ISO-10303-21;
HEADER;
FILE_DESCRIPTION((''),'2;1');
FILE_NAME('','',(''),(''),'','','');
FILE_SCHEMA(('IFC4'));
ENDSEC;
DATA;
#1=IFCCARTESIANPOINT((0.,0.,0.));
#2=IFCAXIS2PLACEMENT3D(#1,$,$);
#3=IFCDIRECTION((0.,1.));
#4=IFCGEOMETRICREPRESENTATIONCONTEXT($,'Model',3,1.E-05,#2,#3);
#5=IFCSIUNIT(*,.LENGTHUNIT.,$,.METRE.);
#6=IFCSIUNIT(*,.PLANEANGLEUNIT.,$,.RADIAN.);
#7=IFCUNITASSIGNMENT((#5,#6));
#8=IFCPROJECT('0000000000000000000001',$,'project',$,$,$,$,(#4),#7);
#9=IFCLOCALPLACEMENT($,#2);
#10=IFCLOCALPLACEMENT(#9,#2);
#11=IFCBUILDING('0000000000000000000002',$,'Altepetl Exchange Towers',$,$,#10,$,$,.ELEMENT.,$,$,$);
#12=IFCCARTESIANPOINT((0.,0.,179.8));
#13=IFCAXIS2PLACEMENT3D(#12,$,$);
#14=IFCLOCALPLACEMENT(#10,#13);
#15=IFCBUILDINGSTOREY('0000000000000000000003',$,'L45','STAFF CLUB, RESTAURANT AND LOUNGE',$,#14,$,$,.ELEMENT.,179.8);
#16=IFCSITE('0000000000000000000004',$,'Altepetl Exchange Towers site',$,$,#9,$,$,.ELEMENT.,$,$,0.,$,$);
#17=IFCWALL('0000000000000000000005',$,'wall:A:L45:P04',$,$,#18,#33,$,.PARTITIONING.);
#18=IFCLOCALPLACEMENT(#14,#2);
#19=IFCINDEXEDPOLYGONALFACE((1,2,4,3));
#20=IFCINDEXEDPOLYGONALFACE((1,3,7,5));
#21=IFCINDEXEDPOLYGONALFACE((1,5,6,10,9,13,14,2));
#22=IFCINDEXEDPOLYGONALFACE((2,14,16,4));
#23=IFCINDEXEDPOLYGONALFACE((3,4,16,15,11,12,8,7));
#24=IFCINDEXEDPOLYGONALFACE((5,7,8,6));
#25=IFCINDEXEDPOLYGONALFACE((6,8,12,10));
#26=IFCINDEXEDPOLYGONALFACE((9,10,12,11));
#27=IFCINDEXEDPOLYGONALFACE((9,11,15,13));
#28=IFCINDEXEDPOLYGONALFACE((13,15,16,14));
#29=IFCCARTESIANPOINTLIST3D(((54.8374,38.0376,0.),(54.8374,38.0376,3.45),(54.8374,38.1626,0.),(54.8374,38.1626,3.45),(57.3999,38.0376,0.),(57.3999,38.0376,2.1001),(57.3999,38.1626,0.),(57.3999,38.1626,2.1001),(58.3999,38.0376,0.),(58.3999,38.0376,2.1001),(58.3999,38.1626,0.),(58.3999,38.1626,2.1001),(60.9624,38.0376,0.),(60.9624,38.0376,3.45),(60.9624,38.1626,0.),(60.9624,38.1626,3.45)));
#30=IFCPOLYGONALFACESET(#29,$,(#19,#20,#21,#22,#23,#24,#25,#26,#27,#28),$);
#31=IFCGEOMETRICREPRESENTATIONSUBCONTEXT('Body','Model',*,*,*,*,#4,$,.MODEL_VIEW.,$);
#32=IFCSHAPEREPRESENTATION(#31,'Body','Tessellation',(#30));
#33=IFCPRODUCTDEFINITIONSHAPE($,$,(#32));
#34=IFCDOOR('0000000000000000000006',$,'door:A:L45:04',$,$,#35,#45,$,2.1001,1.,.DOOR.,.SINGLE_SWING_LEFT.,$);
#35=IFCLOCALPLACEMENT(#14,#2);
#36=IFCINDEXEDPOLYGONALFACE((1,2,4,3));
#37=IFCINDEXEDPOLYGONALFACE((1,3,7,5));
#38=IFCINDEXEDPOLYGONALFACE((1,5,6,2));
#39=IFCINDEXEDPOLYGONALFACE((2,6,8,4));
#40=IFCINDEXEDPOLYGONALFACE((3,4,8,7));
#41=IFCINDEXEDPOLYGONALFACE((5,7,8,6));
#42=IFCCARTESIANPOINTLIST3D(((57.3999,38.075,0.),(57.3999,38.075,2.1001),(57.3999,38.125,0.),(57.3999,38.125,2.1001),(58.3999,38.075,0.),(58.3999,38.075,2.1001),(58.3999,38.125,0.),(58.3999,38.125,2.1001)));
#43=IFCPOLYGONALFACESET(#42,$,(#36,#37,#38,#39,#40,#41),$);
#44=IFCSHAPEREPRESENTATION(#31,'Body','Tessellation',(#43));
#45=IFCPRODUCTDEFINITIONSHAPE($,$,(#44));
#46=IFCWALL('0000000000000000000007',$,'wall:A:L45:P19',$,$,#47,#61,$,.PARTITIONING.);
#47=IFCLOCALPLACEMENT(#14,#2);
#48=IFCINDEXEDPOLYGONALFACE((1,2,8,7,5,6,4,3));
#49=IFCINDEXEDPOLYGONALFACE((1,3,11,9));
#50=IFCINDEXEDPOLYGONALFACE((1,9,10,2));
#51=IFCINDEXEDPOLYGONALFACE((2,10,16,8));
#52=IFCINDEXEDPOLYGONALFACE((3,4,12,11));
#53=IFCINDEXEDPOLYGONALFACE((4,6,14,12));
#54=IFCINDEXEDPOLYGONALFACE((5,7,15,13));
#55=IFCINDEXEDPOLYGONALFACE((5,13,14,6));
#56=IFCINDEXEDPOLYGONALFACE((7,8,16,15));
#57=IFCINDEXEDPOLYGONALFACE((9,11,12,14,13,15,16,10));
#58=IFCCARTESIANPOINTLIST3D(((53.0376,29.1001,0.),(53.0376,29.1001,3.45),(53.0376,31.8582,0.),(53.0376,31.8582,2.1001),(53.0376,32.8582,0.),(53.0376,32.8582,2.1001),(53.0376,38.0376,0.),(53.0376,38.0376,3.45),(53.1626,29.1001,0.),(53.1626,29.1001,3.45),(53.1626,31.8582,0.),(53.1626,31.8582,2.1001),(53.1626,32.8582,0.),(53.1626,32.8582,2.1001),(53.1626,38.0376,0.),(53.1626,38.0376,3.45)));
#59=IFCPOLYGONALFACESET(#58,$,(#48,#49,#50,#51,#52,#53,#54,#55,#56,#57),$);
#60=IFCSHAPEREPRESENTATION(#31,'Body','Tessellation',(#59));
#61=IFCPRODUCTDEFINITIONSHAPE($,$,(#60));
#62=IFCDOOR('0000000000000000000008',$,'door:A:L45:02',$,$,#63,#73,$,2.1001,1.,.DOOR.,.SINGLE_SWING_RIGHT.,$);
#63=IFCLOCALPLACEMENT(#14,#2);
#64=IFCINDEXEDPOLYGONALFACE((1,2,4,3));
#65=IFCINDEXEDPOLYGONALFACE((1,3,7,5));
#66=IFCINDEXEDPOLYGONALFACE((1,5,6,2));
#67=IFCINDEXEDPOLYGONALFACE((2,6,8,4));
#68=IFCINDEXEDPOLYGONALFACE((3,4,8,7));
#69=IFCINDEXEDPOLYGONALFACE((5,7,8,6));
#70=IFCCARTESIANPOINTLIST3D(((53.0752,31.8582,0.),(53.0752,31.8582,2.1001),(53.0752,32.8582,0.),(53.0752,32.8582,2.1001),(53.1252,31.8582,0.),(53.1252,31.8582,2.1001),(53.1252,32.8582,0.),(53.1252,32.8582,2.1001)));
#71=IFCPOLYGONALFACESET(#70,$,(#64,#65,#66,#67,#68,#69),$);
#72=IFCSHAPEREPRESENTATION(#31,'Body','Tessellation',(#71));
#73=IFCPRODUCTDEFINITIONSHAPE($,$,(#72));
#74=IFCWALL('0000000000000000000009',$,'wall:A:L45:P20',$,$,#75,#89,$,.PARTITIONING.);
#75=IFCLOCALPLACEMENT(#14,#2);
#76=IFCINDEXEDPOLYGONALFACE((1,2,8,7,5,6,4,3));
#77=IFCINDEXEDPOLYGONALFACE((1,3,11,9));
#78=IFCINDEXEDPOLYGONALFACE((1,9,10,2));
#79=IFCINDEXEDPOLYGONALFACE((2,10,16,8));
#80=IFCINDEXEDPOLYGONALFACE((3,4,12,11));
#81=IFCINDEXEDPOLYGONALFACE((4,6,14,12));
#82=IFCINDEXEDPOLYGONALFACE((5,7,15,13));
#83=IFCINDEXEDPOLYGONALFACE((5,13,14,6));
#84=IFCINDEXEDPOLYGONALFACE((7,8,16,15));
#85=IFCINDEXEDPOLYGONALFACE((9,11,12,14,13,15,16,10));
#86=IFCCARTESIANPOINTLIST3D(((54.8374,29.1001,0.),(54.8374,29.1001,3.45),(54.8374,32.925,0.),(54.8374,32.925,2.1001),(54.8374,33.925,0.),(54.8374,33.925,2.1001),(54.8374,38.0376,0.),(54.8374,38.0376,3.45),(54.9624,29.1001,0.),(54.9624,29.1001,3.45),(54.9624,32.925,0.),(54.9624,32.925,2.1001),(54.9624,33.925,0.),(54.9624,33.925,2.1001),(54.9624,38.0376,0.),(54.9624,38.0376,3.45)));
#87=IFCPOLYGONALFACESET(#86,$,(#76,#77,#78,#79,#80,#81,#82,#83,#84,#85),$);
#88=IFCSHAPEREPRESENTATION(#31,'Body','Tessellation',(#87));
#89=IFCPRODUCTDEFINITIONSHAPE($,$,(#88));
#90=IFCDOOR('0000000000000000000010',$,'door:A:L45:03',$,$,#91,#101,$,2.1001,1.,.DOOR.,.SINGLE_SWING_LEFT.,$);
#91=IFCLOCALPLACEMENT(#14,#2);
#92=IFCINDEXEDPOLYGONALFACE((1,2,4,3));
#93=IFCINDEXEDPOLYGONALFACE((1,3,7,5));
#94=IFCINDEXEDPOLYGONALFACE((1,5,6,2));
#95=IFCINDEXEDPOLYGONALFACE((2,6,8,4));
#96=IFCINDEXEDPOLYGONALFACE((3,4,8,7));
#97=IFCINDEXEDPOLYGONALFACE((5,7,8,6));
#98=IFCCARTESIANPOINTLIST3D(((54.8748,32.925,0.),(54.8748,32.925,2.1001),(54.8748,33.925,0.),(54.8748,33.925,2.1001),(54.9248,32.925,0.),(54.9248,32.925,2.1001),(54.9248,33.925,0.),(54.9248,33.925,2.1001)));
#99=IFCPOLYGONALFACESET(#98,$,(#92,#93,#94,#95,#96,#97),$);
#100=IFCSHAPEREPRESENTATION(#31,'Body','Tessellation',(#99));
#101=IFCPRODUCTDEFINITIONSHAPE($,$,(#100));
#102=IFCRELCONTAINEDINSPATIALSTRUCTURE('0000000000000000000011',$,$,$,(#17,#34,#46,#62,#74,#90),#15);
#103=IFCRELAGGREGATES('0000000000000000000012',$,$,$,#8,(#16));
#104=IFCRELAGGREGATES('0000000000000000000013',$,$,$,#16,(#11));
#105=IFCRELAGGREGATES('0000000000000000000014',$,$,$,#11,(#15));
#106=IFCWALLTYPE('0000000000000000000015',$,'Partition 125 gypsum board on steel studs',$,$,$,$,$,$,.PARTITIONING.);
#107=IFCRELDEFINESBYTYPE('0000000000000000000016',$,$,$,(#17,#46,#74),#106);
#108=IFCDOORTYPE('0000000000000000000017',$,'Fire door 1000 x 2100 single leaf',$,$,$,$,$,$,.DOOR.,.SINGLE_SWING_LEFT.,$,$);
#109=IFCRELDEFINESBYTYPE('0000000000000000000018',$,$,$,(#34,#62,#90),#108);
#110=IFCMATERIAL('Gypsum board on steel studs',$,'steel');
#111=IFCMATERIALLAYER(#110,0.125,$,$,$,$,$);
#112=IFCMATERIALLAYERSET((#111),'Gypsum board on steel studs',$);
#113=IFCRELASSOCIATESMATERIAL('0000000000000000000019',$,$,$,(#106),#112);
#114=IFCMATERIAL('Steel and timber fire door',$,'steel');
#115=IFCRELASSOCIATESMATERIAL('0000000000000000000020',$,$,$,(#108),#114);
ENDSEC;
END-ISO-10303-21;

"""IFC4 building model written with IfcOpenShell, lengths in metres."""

from ifc_helpers import new_model, si_unit, direction, frame, frame_2d, origin, place, context, subcontext, project, spatial, rectangle, extrude, material, layer, layer_set, type_object, element, fill, save


model = new_model("IFC4")

# Units and contexts
model_context = context("Model", 3, precision=1e-05, world=origin(), true_north=direction((0.0, 1.0)))
body_context = subcontext(model_context, "Body", "Model", "MODEL_VIEW")
ifc_project = project(units=[si_unit("LENGTHUNIT", "METRE"), si_unit("PLANEANGLEUNIT", "RADIAN")], contexts=[model_context])

# Site, building, storey
site_placement = place(None, origin())
site = spatial("IfcSite", under=ifc_project, at=site_placement, Name="Altepetl Exchange Towers site", CompositionType="ELEMENT", RefElevation=0.0)
building_placement = place(site_placement, origin())
building = spatial("IfcBuilding", under=site, at=building_placement, Name="Altepetl Exchange Towers", CompositionType="ELEMENT")
storey_placement = place(building_placement, frame((0.0, 0.0, 179.8)))
storey = spatial("IfcBuildingStorey", under=building, at=storey_placement, Name="L45", Description="STAFF CLUB, RESTAURANT AND LOUNGE", CompositionType="ELEMENT", Elevation=179.8)

# Shared definitions
ifc_material_1 = material(Name="Gypsum board on steel studs", Category="steel")
ifc_layer_1 = layer(ifc_material_1, 0.125)
ifc_layer_set_1 = layer_set([ifc_layer_1], Name="Gypsum board on steel studs")
wall_type = type_object("IfcWallType", Name="Partition 125 gypsum board on steel studs", PredefinedType="PARTITIONING", material=ifc_layer_set_1)

# Walls, openings, doors
wall_1_placement = place(storey_placement, frame((54.8374, 38.1001, 0.0)))
wall_1 = element("IfcWall", 1, at=wall_1_placement, inside=storey, type_object=wall_type, Name="wall:A:L45:P04", PredefinedType="PARTITIONING", context=body_context, shape_type="SweptSolid", body=[
    extrude(rectangle(XDim=6.125, YDim=0.125, at=frame_2d((3.0625, 0.0))), origin(), (0.0, 0.0, 1.0), 3.45),
])
opening_1_placement = place(wall_1_placement, frame((2.5625, 0.0, 0.0)))
opening_1 = element("IfcOpeningElement", 2, at=opening_1_placement, cuts=wall_1, PredefinedType="OPENING", context=body_context, shape_type="SweptSolid", body=[
    extrude(rectangle(XDim=1.0, YDim=2.1001, at=frame_2d((0.5, 1.05))), frame((0.0, 0.0725, 0.0), z_axis=(0.0, -1.0, 0.0), x_axis=(1.0, 0.0, 0.0)), (0.0, 0.0, 1.0), 0.145),
])
ifc_material_2 = material(Name="Steel and timber fire door", Category="steel")
door_type = type_object("IfcDoorType", Name="Fire door 1000 x 2100 single leaf", OperationType="SINGLE_SWING_LEFT", PredefinedType="DOOR", material=ifc_material_2)
door_1_placement = place(opening_1_placement, origin())
door_1 = element("IfcDoor", 3, at=door_1_placement, inside=storey, type_object=door_type, Name="door:A:L45:04", OperationType="SINGLE_SWING_LEFT", OverallHeight=2.1001, OverallWidth=1.0, PredefinedType="DOOR", context=body_context, shape_type="SweptSolid", body=[
    extrude(rectangle(XDim=1.0, YDim=2.1001, at=frame_2d((0.5, 1.05))), frame((0.0, 0.0249, 0.0), z_axis=(0.0, -1.0, 0.0), x_axis=(1.0, 0.0, 0.0)), (0.0, 0.0, 1.0), 0.05),
])
fill(opening_1, door_1)
wall_2_placement = place(storey_placement, frame((53.1001, 29.1001, 0.0), z_axis=(0.0, 0.0, 1.0), x_axis=(0.0, 1.0, 0.0)))
wall_2 = element("IfcWall", 4, at=wall_2_placement, inside=storey, type_object=wall_type, Name="wall:A:L45:P19", PredefinedType="PARTITIONING", context=body_context, shape_type="SweptSolid", body=[
    extrude(rectangle(XDim=8.9375, YDim=0.125, at=frame_2d((4.4688, 0.0))), origin(), (0.0, 0.0, 1.0), 3.45),
])
opening_2_placement = place(wall_2_placement, frame((2.7581, 0.0, 0.0)))
opening_2 = element("IfcOpeningElement", 5, at=opening_2_placement, cuts=wall_2, PredefinedType="OPENING", context=body_context, shape_type="SweptSolid", body=[
    extrude(rectangle(XDim=1.0, YDim=2.1001, at=frame_2d((0.5, 1.05))), frame((0.0, 0.0725, 0.0), z_axis=(0.0, -1.0, 0.0), x_axis=(1.0, 0.0, 0.0)), (0.0, 0.0, 1.0), 0.145),
])
door_2_placement = place(opening_2_placement, origin())
door_2 = element("IfcDoor", 6, at=door_2_placement, inside=storey, type_object=door_type, Name="door:A:L45:02", OperationType="SINGLE_SWING_RIGHT", OverallHeight=2.1001, OverallWidth=1.0, PredefinedType="DOOR", context=body_context, shape_type="SweptSolid", body=[
    extrude(rectangle(XDim=1.0, YDim=2.1001, at=frame_2d((0.5, 1.05))), frame((0.0, 0.0249, 0.0), z_axis=(0.0, -1.0, 0.0), x_axis=(1.0, 0.0, 0.0)), (0.0, 0.0, 1.0), 0.05),
])
fill(opening_2, door_2)
wall_3_placement = place(storey_placement, frame((54.8999, 29.1001, 0.0), z_axis=(0.0, 0.0, 1.0), x_axis=(0.0, 1.0, 0.0)))
wall_3 = element("IfcWall", 7, at=wall_3_placement, inside=storey, type_object=wall_type, Name="wall:A:L45:P20", PredefinedType="PARTITIONING", context=body_context, shape_type="SweptSolid", body=[
    extrude(rectangle(XDim=8.9375, YDim=0.125, at=frame_2d((4.4688, 0.0))), origin(), (0.0, 0.0, 1.0), 3.45),
])
opening_3_placement = place(wall_3_placement, frame((3.825, 0.0, 0.0)))
opening_3 = element("IfcOpeningElement", 8, at=opening_3_placement, cuts=wall_3, PredefinedType="OPENING", context=body_context, shape_type="SweptSolid", body=[
    extrude(rectangle(XDim=1.0, YDim=2.1001, at=frame_2d((0.5, 1.05))), frame((0.0, 0.0725, 0.0), z_axis=(0.0, -1.0, 0.0), x_axis=(1.0, 0.0, 0.0)), (0.0, 0.0, 1.0), 0.145),
])
door_3_placement = place(opening_3_placement, frame((1.0, 0.0, 0.0), x_axis=(-1.0, 0.0, 0.0)))
door_3 = element("IfcDoor", 9, at=door_3_placement, inside=storey, type_object=door_type, Name="door:A:L45:03", OperationType="SINGLE_SWING_LEFT", OverallHeight=2.1001, OverallWidth=1.0, PredefinedType="DOOR", context=body_context, shape_type="SweptSolid", body=[
    extrude(rectangle(XDim=1.0, YDim=2.1001, at=frame_2d((0.5, 1.05))), frame((0.0, 0.0249, 0.0), z_axis=(0.0, -1.0, 0.0), x_axis=(1.0, 0.0, 0.0)), (0.0, 0.0, 1.0), 0.05),
])
fill(opening_3, door_3)

save(model, "model.ifc")
